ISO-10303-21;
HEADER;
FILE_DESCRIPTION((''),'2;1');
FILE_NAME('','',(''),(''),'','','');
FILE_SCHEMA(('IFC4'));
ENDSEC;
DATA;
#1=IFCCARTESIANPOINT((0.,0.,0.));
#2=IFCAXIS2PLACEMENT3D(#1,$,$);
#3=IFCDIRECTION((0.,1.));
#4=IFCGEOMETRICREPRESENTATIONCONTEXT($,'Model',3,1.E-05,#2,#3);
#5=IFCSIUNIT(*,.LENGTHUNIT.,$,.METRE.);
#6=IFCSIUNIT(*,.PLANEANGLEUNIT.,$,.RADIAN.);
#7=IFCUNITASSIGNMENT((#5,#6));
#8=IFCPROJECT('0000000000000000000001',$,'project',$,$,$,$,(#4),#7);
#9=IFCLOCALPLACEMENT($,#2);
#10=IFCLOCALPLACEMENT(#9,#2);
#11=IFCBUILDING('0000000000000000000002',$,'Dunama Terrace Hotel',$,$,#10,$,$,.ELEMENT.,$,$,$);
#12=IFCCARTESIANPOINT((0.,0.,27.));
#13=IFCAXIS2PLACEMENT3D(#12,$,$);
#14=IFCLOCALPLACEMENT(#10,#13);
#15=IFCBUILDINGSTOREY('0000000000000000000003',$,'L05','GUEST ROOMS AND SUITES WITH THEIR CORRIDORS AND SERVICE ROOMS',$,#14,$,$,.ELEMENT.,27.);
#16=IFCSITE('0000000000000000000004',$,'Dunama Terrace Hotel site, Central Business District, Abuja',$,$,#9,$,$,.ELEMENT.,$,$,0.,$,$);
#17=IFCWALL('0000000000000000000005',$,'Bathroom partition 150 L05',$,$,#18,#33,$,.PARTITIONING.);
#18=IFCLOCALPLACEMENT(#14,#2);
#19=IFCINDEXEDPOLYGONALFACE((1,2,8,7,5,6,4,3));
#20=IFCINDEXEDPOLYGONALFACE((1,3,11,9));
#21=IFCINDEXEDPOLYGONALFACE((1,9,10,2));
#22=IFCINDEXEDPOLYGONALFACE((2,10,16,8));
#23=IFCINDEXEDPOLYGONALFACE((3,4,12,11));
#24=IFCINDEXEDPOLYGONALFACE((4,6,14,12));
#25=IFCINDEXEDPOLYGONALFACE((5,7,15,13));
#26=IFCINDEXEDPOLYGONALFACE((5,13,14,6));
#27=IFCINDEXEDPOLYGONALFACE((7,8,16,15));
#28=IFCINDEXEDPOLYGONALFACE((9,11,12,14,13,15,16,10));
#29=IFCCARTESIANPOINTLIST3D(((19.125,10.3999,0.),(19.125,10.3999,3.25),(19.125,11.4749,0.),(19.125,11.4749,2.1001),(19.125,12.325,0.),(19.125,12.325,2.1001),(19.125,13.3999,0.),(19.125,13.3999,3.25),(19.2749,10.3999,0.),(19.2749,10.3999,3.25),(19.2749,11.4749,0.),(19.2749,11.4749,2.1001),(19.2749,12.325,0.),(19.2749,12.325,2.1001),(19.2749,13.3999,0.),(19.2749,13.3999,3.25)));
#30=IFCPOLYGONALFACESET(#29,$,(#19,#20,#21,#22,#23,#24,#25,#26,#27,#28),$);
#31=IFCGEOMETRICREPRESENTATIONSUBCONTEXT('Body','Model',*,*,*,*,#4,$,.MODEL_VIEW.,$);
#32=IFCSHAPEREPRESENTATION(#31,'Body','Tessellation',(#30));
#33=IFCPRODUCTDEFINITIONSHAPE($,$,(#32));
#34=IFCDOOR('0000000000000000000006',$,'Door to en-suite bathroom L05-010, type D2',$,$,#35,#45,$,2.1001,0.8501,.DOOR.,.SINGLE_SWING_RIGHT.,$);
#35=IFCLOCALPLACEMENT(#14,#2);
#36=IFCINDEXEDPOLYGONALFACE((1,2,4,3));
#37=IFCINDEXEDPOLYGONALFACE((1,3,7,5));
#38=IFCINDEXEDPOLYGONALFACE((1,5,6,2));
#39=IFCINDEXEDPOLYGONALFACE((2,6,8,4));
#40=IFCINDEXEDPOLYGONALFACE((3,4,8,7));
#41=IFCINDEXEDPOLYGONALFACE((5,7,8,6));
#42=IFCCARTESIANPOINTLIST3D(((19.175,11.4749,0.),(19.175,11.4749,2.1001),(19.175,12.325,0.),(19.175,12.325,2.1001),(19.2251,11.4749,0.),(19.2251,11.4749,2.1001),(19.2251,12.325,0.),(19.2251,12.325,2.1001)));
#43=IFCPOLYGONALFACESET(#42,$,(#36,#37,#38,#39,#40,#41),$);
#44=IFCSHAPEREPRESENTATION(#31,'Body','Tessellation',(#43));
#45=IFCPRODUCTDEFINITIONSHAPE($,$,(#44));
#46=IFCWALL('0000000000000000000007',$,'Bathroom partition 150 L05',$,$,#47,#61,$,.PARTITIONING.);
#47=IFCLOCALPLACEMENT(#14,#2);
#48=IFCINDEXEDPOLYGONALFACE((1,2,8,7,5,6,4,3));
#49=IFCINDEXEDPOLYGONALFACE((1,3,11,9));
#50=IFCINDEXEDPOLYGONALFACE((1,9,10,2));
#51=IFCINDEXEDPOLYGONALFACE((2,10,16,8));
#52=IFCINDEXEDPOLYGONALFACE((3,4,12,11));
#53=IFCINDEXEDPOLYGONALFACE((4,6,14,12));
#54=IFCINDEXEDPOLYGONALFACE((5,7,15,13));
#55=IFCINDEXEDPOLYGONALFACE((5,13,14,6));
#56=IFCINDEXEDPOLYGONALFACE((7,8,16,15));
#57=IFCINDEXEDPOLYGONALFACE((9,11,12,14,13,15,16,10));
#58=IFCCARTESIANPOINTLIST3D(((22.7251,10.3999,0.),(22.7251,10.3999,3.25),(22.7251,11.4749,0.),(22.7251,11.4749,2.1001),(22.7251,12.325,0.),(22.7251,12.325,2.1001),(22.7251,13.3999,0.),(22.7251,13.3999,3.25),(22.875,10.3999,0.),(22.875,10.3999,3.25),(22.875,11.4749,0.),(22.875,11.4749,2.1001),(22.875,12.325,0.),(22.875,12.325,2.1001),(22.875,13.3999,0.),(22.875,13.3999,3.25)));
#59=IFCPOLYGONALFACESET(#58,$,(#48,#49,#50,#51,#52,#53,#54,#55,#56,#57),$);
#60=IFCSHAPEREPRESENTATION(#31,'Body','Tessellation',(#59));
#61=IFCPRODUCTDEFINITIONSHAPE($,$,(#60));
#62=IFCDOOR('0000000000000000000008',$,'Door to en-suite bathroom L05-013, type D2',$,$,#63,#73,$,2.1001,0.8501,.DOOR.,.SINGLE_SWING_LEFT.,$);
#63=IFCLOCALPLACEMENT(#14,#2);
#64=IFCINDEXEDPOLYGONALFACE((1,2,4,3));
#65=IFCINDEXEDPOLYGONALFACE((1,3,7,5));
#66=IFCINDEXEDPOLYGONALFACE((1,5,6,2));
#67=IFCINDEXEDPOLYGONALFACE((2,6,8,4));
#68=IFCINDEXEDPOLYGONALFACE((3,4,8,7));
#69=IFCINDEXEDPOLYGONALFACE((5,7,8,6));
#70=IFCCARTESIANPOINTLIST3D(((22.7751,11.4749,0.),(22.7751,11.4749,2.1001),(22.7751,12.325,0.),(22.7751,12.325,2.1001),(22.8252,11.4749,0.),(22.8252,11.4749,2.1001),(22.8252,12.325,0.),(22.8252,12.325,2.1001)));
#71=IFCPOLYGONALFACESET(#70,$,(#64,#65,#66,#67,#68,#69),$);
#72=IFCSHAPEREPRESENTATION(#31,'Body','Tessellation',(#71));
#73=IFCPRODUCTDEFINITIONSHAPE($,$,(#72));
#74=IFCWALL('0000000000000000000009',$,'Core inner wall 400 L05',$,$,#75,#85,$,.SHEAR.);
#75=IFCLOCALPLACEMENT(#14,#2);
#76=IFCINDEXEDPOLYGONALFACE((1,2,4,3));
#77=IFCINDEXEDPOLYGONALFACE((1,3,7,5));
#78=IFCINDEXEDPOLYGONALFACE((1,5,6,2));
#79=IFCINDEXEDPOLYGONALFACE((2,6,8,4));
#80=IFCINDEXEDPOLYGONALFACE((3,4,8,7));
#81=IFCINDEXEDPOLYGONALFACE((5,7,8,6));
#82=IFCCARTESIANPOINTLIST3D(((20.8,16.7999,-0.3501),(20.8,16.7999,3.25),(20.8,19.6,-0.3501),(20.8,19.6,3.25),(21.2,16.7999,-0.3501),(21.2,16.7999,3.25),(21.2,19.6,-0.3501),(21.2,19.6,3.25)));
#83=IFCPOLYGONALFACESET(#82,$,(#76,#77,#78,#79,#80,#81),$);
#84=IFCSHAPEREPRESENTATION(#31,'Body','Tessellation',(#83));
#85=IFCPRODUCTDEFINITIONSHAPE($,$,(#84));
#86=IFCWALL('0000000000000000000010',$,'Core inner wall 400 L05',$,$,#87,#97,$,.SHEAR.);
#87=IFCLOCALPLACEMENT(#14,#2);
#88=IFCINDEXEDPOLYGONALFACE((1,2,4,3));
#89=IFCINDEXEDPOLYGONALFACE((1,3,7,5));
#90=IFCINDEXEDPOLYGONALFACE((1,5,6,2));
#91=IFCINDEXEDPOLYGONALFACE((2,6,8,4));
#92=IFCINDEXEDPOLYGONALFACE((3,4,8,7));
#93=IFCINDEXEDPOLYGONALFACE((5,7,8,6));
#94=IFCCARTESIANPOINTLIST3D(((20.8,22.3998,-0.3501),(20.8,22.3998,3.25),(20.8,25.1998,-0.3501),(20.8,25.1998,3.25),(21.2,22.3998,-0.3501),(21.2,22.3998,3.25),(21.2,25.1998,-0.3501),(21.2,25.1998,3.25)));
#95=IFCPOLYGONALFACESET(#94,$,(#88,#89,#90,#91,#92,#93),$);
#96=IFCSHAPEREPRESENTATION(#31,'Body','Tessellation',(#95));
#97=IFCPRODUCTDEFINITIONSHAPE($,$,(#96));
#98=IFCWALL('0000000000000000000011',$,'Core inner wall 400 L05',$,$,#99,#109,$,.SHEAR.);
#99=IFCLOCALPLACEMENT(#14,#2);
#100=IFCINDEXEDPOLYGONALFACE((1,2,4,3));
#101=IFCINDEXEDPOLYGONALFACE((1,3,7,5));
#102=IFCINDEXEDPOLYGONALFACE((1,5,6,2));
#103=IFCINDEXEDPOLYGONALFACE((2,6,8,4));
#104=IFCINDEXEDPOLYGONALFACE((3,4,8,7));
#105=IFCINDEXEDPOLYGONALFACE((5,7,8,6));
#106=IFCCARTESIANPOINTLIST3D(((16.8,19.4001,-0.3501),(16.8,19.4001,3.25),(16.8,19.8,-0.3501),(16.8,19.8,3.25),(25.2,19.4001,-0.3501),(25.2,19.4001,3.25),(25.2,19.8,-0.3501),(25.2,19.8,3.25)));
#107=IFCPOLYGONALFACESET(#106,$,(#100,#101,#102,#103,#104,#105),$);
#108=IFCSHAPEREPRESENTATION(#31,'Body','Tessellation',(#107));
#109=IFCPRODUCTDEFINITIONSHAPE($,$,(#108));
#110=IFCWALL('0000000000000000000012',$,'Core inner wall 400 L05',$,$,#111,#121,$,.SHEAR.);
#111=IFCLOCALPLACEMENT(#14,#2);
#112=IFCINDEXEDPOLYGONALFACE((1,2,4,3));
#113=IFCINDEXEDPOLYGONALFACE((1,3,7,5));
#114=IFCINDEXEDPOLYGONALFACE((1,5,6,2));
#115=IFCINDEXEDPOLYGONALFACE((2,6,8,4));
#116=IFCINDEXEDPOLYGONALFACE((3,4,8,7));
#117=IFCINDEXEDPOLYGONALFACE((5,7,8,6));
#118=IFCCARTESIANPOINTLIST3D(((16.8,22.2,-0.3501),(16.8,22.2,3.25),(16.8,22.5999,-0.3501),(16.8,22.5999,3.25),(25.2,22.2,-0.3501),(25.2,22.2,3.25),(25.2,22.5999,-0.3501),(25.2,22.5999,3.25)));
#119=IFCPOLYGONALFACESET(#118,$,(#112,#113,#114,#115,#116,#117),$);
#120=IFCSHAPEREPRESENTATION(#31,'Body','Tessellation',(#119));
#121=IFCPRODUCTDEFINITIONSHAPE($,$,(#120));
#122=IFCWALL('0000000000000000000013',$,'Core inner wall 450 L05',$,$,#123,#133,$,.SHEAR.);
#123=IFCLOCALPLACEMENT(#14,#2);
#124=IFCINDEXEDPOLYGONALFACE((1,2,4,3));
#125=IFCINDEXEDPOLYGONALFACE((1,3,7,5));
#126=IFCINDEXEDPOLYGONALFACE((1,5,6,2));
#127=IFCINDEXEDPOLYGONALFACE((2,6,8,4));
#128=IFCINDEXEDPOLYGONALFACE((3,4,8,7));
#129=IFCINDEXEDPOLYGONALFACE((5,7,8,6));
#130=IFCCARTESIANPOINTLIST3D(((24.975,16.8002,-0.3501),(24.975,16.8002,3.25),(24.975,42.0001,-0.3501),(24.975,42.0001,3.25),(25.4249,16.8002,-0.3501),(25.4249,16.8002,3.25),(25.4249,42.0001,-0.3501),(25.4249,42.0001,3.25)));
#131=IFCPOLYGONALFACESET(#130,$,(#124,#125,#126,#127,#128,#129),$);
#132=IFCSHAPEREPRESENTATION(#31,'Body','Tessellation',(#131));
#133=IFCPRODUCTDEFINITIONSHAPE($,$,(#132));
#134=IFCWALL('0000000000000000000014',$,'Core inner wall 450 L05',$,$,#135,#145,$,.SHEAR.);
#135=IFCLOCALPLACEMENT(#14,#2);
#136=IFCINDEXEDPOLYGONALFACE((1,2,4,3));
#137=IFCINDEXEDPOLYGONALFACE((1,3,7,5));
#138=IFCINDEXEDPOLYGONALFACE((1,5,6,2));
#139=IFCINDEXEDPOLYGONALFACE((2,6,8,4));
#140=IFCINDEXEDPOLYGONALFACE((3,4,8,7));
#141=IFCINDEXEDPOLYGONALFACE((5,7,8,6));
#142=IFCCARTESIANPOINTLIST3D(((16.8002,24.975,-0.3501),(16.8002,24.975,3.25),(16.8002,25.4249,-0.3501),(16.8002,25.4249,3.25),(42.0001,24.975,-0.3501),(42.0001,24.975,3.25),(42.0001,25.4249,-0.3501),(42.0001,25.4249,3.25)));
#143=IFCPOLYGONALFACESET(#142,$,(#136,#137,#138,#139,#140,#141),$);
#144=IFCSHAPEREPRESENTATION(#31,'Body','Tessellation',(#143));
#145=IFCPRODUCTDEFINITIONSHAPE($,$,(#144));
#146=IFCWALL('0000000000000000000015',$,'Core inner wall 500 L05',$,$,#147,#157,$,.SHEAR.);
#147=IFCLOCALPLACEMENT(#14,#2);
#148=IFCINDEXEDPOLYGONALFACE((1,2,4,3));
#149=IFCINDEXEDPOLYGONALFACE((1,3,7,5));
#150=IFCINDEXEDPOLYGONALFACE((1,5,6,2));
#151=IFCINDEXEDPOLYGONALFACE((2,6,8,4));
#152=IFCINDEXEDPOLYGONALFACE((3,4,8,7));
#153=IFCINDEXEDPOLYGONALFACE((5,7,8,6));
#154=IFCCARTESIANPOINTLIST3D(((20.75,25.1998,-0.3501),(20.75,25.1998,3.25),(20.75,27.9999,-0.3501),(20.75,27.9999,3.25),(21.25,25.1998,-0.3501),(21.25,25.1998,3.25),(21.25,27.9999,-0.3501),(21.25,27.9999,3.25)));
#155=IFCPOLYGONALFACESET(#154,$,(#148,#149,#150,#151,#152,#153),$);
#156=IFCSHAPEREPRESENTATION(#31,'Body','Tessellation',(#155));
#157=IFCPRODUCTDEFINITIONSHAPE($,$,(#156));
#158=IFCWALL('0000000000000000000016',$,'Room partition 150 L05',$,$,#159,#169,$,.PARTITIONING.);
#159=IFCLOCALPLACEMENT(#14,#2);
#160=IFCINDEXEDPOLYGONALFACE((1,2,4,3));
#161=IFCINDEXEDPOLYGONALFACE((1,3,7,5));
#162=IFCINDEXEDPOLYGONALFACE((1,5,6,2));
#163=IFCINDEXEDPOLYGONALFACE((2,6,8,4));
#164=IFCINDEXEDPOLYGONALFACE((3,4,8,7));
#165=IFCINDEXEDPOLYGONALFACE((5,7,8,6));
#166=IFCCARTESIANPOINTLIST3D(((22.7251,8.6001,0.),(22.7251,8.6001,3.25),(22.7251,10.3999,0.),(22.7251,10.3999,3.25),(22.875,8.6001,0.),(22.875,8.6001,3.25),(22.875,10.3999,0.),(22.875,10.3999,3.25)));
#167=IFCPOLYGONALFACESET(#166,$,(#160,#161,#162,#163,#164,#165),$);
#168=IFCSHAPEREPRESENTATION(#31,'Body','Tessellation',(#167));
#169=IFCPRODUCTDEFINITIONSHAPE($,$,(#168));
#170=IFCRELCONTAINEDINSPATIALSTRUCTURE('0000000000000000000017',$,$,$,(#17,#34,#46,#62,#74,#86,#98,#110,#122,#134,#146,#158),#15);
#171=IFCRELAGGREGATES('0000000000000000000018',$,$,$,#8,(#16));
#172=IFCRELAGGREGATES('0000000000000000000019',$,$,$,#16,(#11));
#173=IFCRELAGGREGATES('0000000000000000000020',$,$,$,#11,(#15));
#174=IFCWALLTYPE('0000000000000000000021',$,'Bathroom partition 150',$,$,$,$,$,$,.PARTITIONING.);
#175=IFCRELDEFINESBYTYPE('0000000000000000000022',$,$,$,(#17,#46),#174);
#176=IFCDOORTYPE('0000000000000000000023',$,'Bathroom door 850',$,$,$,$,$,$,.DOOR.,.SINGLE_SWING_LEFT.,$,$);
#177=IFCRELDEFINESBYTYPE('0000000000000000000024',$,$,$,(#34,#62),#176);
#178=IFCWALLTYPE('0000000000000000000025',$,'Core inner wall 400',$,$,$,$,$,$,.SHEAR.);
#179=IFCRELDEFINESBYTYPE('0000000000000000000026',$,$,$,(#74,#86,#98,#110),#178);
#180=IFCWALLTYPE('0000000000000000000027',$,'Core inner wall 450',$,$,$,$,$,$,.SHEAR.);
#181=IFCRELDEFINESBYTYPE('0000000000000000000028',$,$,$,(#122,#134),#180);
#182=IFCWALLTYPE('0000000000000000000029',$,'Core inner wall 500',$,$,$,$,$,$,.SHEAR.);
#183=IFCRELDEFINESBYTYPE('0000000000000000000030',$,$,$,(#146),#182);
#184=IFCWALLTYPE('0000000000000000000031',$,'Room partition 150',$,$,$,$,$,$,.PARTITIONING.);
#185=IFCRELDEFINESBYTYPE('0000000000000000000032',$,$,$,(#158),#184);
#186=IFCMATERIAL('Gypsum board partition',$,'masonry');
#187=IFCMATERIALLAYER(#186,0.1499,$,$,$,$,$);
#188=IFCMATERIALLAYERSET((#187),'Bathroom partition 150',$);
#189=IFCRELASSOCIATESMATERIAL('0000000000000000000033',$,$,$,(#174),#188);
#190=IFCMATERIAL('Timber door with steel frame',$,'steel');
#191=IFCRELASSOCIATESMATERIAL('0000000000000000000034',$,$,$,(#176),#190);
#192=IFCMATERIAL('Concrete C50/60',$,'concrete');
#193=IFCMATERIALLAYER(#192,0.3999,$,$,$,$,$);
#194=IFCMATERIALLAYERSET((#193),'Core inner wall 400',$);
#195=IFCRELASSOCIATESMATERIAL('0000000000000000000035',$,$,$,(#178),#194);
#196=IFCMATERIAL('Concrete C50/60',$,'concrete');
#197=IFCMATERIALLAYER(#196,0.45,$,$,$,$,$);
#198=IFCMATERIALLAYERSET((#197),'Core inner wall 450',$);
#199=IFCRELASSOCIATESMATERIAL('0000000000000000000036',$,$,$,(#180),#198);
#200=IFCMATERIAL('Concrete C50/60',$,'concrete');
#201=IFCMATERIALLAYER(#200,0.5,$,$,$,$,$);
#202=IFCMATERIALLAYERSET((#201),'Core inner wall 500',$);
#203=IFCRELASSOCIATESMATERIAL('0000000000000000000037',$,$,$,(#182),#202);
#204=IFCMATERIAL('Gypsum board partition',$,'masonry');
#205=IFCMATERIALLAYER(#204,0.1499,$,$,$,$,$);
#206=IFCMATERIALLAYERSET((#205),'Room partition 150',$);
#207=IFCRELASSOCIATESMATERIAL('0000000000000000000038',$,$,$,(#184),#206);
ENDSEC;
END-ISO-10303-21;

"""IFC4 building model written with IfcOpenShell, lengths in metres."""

from ifc_helpers import new_model, si_unit, direction, frame, frame_2d, origin, place, context, subcontext, project, spatial, rectangle, extrude, material, layer, layer_set, type_object, element, fill, save


model = new_model("IFC4")

# Units and contexts
model_context = context("Model", 3, precision=1e-05, world=origin(), true_north=direction((0.0, 1.0)))
body_context = subcontext(model_context, "Body", "Model", "MODEL_VIEW")
ifc_project = project(units=[si_unit("LENGTHUNIT", "METRE"), si_unit("PLANEANGLEUNIT", "RADIAN")], contexts=[model_context])

# Site, building, storey
site_placement = place(None, origin())
site = spatial("IfcSite", under=ifc_project, at=site_placement, Name="Dunama Terrace Hotel site, Central Business District, Abuja", CompositionType="ELEMENT", RefElevation=0.0)
building_placement = place(site_placement, origin())
building = spatial("IfcBuilding", under=site, at=building_placement, Name="Dunama Terrace Hotel", CompositionType="ELEMENT")
storey_placement = place(building_placement, frame((0.0, 0.0, 27.0)))
storey = spatial("IfcBuildingStorey", under=building, at=storey_placement, Name="L05", Description="GUEST ROOMS AND SUITES WITH THEIR CORRIDORS AND SERVICE ROOMS", CompositionType="ELEMENT", Elevation=27.0)

# Walls, openings, doors
ifc_material_1 = material(Name="Gypsum board partition", Category="masonry")
ifc_layer_1 = layer(ifc_material_1, 0.1499)
ifc_layer_set_1 = layer_set([ifc_layer_1], Name="Bathroom partition 150")
wall_type_1 = type_object("IfcWallType", Name="Bathroom partition 150", PredefinedType="PARTITIONING", material=ifc_layer_set_1)
wall_1_placement = place(storey_placement, frame((19.2, 10.3999, 0.0), z_axis=(0.0, 0.0, 1.0), x_axis=(0.0, 1.0, 0.0)))
wall_1 = element("IfcWall", 1, at=wall_1_placement, inside=storey, type_object=wall_type_1, Name="Bathroom partition 150 L05", PredefinedType="PARTITIONING", context=body_context, shape_type="SweptSolid", body=[
    extrude(rectangle(XDim=3.0, YDim=0.1499, at=frame_2d((1.5, 0.0))), origin(), (0.0, 0.0, 1.0), 3.25),
])
opening_1_placement = place(wall_1_placement, frame((1.075, 0.0, 0.0)))
opening_1 = element("IfcOpeningElement", 2, at=opening_1_placement, cuts=wall_1, PredefinedType="OPENING", context=body_context, shape_type="SweptSolid", body=[
    extrude(rectangle(XDim=0.8501, YDim=2.1001, at=frame_2d((0.425, 1.05))), frame((0.0, 0.085, 0.0), z_axis=(0.0, -1.0, 0.0), x_axis=(1.0, 0.0, 0.0)), (0.0, 0.0, 1.0), 0.1699),
])
ifc_material_2 = material(Name="Timber door with steel frame", Category="steel")
door_type_1 = type_object("IfcDoorType", Name="Bathroom door 850", OperationType="SINGLE_SWING_LEFT", PredefinedType="DOOR", material=ifc_material_2)
door_1_placement = place(opening_1_placement, origin())
door_1 = element("IfcDoor", 3, at=door_1_placement, inside=storey, type_object=door_type_1, Name="Door to en-suite bathroom L05-010, type D2", OperationType="SINGLE_SWING_RIGHT", OverallHeight=2.1001, OverallWidth=0.8501, PredefinedType="DOOR", context=body_context, shape_type="SweptSolid", body=[
    extrude(rectangle(XDim=0.8501, YDim=2.1001, at=frame_2d((0.425, 1.05))), frame((0.0, 0.0249, 0.0), z_axis=(0.0, -1.0, 0.0), x_axis=(1.0, 0.0, 0.0)), (0.0, 0.0, 1.0), 0.05),
])
fill(opening_1, door_1)
wall_2_placement = place(storey_placement, frame((22.8, 10.3999, 0.0), z_axis=(0.0, 0.0, 1.0), x_axis=(0.0, 1.0, 0.0)))
wall_2 = element("IfcWall", 4, at=wall_2_placement, inside=storey, type_object=wall_type_1, Name="Bathroom partition 150 L05", PredefinedType="PARTITIONING", context=body_context, shape_type="SweptSolid", body=[
    extrude(rectangle(XDim=3.0, YDim=0.1499, at=frame_2d((1.5, 0.0))), origin(), (0.0, 0.0, 1.0), 3.25),
])
opening_2_placement = place(wall_2_placement, frame((1.075, 0.0, 0.0)))
opening_2 = element("IfcOpeningElement", 5, at=opening_2_placement, cuts=wall_2, PredefinedType="OPENING", context=body_context, shape_type="SweptSolid", body=[
    extrude(rectangle(XDim=0.8501, YDim=2.1001, at=frame_2d((0.425, 1.05))), frame((0.0, 0.085, 0.0), z_axis=(0.0, -1.0, 0.0), x_axis=(1.0, 0.0, 0.0)), (0.0, 0.0, 1.0), 0.1699),
])
door_2_placement = place(opening_2_placement, frame((0.8501, 0.0, 0.0), z_axis=(0.0, 0.0, 1.0), x_axis=(-1.0, 0.0, 0.0)))
door_2 = element("IfcDoor", 6, at=door_2_placement, inside=storey, type_object=door_type_1, Name="Door to en-suite bathroom L05-013, type D2", OperationType="SINGLE_SWING_LEFT", OverallHeight=2.1001, OverallWidth=0.8501, PredefinedType="DOOR", context=body_context, shape_type="SweptSolid", body=[
    extrude(rectangle(XDim=0.8501, YDim=2.1001, at=frame_2d((0.425, 1.05))), frame((0.0, 0.0251, 0.0), z_axis=(0.0, -1.0, 0.0), x_axis=(1.0, 0.0, 0.0)), (0.0, 0.0, 1.0), 0.05),
])
fill(opening_2, door_2)

# Walls
ifc_material_3 = material(Name="Concrete C50/60", Category="concrete")
ifc_layer_2 = layer(ifc_material_3, 0.3999)
ifc_layer_set_2 = layer_set([ifc_layer_2], Name="Core inner wall 400")
wall_type_2 = type_object("IfcWallType", Name="Core inner wall 400", PredefinedType="SHEAR", material=ifc_layer_set_2)
for number, where, z_axis, x_axis, name in (
    (7, (21.0, 16.8, -0.3501), (0.0, 0.0, 1.0), (0.0, 1.0, 0.0), "Core inner wall 400 L05"),
    (8, (21.0, 22.3999, -0.3501), (0.0, 0.0, 1.0), (0.0, 1.0, 0.0), "Core inner wall 400 L05"),
):
    element("IfcWall", number, at=place(storey_placement, frame(where, z_axis=z_axis, x_axis=x_axis)), inside=storey, type_object=wall_type_2, Name=name, PredefinedType="SHEAR", context=body_context, shape_type="SweptSolid", body=[
        extrude(rectangle(XDim=2.8, YDim=0.3999, at=frame_2d((1.3999, 0.0))), origin(), (0.0, 0.0, 1.0), 3.6001),
    ])
for number, where, z_axis, x_axis, name in (
    (9, (16.8, 19.6001, -0.3501), (0.0, 0.0, 1.0), (1.0, 0.0, 0.0), "Core inner wall 400 L05"),
    (10, (16.8, 22.3999, -0.3501), (0.0, 0.0, 1.0), (1.0, 0.0, 0.0), "Core inner wall 400 L05"),
):
    element("IfcWall", number, at=place(storey_placement, frame(where, z_axis=z_axis, x_axis=x_axis)), inside=storey, type_object=wall_type_2, Name=name, PredefinedType="SHEAR", context=body_context, shape_type="SweptSolid", body=[
        extrude(rectangle(XDim=8.3999, YDim=0.3999, at=frame_2d((4.2, 0.0))), origin(), (0.0, 0.0, 1.0), 3.6001),
    ])
ifc_material_4 = material(Name="Concrete C50/60", Category="concrete")
ifc_layer_3 = layer(ifc_material_4, 0.45)
ifc_layer_set_3 = layer_set([ifc_layer_3], Name="Core inner wall 450")
wall_type_3 = type_object("IfcWallType", Name="Core inner wall 450", PredefinedType="SHEAR", material=ifc_layer_set_3)
for number, where, z_axis, x_axis, name in (
    (11, (25.2, 16.8, -0.3501), (0.0, 0.0, 1.0), (0.0, 1.0, 0.0), "Core inner wall 450 L05"),
    (12, (16.8, 25.2, -0.3501), (0.0, 0.0, 1.0), (1.0, 0.0, 0.0), "Core inner wall 450 L05"),
):
    element("IfcWall", number, at=place(storey_placement, frame(where, z_axis=z_axis, x_axis=x_axis)), inside=storey, type_object=wall_type_3, Name=name, PredefinedType="SHEAR", context=body_context, shape_type="SweptSolid", body=[
        extrude(rectangle(XDim=25.2, YDim=0.45, at=frame_2d((12.6001, 0.0))), origin(), (0.0, 0.0, 1.0), 3.6001),
    ])
ifc_material_5 = material(Name="Concrete C50/60", Category="concrete")
ifc_layer_4 = layer(ifc_material_5, 0.5)
ifc_layer_set_4 = layer_set([ifc_layer_4], Name="Core inner wall 500")
wall_type_4 = type_object("IfcWallType", Name="Core inner wall 500", PredefinedType="SHEAR", material=ifc_layer_set_4)
wall_3_placement = place(storey_placement, frame((21.0, 25.2, -0.3501), z_axis=(0.0, 0.0, 1.0), x_axis=(0.0, 1.0, 0.0)))
element("IfcWall", 13, at=wall_3_placement, inside=storey, type_object=wall_type_4, Name="Core inner wall 500 L05", PredefinedType="SHEAR", context=body_context, shape_type="SweptSolid", body=[
    extrude(rectangle(XDim=2.8, YDim=0.5, at=frame_2d((1.3999, 0.0))), origin(), (0.0, 0.0, 1.0), 3.6001),
])
ifc_material_6 = material(Name="Gypsum board partition", Category="masonry")
ifc_layer_5 = layer(ifc_material_6, 0.1499)
ifc_layer_set_5 = layer_set([ifc_layer_5], Name="Room partition 150")
wall_type_5 = type_object("IfcWallType", Name="Room partition 150", PredefinedType="PARTITIONING", material=ifc_layer_set_5)
wall_4_placement = place(storey_placement, frame((22.8, 8.6001, 0.0), z_axis=(0.0, 0.0, 1.0), x_axis=(0.0, 1.0, 0.0)))
element("IfcWall", 14, at=wall_4_placement, inside=storey, type_object=wall_type_5, Name="Room partition 150 L05", PredefinedType="PARTITIONING", context=body_context, shape_type="SweptSolid", body=[
    extrude(rectangle(XDim=1.7998, YDim=0.1499, at=frame_2d((0.8999, 0.0))), origin(), (0.0, 0.0, 1.0), 3.25),
])

save(model, "model.ifc")
